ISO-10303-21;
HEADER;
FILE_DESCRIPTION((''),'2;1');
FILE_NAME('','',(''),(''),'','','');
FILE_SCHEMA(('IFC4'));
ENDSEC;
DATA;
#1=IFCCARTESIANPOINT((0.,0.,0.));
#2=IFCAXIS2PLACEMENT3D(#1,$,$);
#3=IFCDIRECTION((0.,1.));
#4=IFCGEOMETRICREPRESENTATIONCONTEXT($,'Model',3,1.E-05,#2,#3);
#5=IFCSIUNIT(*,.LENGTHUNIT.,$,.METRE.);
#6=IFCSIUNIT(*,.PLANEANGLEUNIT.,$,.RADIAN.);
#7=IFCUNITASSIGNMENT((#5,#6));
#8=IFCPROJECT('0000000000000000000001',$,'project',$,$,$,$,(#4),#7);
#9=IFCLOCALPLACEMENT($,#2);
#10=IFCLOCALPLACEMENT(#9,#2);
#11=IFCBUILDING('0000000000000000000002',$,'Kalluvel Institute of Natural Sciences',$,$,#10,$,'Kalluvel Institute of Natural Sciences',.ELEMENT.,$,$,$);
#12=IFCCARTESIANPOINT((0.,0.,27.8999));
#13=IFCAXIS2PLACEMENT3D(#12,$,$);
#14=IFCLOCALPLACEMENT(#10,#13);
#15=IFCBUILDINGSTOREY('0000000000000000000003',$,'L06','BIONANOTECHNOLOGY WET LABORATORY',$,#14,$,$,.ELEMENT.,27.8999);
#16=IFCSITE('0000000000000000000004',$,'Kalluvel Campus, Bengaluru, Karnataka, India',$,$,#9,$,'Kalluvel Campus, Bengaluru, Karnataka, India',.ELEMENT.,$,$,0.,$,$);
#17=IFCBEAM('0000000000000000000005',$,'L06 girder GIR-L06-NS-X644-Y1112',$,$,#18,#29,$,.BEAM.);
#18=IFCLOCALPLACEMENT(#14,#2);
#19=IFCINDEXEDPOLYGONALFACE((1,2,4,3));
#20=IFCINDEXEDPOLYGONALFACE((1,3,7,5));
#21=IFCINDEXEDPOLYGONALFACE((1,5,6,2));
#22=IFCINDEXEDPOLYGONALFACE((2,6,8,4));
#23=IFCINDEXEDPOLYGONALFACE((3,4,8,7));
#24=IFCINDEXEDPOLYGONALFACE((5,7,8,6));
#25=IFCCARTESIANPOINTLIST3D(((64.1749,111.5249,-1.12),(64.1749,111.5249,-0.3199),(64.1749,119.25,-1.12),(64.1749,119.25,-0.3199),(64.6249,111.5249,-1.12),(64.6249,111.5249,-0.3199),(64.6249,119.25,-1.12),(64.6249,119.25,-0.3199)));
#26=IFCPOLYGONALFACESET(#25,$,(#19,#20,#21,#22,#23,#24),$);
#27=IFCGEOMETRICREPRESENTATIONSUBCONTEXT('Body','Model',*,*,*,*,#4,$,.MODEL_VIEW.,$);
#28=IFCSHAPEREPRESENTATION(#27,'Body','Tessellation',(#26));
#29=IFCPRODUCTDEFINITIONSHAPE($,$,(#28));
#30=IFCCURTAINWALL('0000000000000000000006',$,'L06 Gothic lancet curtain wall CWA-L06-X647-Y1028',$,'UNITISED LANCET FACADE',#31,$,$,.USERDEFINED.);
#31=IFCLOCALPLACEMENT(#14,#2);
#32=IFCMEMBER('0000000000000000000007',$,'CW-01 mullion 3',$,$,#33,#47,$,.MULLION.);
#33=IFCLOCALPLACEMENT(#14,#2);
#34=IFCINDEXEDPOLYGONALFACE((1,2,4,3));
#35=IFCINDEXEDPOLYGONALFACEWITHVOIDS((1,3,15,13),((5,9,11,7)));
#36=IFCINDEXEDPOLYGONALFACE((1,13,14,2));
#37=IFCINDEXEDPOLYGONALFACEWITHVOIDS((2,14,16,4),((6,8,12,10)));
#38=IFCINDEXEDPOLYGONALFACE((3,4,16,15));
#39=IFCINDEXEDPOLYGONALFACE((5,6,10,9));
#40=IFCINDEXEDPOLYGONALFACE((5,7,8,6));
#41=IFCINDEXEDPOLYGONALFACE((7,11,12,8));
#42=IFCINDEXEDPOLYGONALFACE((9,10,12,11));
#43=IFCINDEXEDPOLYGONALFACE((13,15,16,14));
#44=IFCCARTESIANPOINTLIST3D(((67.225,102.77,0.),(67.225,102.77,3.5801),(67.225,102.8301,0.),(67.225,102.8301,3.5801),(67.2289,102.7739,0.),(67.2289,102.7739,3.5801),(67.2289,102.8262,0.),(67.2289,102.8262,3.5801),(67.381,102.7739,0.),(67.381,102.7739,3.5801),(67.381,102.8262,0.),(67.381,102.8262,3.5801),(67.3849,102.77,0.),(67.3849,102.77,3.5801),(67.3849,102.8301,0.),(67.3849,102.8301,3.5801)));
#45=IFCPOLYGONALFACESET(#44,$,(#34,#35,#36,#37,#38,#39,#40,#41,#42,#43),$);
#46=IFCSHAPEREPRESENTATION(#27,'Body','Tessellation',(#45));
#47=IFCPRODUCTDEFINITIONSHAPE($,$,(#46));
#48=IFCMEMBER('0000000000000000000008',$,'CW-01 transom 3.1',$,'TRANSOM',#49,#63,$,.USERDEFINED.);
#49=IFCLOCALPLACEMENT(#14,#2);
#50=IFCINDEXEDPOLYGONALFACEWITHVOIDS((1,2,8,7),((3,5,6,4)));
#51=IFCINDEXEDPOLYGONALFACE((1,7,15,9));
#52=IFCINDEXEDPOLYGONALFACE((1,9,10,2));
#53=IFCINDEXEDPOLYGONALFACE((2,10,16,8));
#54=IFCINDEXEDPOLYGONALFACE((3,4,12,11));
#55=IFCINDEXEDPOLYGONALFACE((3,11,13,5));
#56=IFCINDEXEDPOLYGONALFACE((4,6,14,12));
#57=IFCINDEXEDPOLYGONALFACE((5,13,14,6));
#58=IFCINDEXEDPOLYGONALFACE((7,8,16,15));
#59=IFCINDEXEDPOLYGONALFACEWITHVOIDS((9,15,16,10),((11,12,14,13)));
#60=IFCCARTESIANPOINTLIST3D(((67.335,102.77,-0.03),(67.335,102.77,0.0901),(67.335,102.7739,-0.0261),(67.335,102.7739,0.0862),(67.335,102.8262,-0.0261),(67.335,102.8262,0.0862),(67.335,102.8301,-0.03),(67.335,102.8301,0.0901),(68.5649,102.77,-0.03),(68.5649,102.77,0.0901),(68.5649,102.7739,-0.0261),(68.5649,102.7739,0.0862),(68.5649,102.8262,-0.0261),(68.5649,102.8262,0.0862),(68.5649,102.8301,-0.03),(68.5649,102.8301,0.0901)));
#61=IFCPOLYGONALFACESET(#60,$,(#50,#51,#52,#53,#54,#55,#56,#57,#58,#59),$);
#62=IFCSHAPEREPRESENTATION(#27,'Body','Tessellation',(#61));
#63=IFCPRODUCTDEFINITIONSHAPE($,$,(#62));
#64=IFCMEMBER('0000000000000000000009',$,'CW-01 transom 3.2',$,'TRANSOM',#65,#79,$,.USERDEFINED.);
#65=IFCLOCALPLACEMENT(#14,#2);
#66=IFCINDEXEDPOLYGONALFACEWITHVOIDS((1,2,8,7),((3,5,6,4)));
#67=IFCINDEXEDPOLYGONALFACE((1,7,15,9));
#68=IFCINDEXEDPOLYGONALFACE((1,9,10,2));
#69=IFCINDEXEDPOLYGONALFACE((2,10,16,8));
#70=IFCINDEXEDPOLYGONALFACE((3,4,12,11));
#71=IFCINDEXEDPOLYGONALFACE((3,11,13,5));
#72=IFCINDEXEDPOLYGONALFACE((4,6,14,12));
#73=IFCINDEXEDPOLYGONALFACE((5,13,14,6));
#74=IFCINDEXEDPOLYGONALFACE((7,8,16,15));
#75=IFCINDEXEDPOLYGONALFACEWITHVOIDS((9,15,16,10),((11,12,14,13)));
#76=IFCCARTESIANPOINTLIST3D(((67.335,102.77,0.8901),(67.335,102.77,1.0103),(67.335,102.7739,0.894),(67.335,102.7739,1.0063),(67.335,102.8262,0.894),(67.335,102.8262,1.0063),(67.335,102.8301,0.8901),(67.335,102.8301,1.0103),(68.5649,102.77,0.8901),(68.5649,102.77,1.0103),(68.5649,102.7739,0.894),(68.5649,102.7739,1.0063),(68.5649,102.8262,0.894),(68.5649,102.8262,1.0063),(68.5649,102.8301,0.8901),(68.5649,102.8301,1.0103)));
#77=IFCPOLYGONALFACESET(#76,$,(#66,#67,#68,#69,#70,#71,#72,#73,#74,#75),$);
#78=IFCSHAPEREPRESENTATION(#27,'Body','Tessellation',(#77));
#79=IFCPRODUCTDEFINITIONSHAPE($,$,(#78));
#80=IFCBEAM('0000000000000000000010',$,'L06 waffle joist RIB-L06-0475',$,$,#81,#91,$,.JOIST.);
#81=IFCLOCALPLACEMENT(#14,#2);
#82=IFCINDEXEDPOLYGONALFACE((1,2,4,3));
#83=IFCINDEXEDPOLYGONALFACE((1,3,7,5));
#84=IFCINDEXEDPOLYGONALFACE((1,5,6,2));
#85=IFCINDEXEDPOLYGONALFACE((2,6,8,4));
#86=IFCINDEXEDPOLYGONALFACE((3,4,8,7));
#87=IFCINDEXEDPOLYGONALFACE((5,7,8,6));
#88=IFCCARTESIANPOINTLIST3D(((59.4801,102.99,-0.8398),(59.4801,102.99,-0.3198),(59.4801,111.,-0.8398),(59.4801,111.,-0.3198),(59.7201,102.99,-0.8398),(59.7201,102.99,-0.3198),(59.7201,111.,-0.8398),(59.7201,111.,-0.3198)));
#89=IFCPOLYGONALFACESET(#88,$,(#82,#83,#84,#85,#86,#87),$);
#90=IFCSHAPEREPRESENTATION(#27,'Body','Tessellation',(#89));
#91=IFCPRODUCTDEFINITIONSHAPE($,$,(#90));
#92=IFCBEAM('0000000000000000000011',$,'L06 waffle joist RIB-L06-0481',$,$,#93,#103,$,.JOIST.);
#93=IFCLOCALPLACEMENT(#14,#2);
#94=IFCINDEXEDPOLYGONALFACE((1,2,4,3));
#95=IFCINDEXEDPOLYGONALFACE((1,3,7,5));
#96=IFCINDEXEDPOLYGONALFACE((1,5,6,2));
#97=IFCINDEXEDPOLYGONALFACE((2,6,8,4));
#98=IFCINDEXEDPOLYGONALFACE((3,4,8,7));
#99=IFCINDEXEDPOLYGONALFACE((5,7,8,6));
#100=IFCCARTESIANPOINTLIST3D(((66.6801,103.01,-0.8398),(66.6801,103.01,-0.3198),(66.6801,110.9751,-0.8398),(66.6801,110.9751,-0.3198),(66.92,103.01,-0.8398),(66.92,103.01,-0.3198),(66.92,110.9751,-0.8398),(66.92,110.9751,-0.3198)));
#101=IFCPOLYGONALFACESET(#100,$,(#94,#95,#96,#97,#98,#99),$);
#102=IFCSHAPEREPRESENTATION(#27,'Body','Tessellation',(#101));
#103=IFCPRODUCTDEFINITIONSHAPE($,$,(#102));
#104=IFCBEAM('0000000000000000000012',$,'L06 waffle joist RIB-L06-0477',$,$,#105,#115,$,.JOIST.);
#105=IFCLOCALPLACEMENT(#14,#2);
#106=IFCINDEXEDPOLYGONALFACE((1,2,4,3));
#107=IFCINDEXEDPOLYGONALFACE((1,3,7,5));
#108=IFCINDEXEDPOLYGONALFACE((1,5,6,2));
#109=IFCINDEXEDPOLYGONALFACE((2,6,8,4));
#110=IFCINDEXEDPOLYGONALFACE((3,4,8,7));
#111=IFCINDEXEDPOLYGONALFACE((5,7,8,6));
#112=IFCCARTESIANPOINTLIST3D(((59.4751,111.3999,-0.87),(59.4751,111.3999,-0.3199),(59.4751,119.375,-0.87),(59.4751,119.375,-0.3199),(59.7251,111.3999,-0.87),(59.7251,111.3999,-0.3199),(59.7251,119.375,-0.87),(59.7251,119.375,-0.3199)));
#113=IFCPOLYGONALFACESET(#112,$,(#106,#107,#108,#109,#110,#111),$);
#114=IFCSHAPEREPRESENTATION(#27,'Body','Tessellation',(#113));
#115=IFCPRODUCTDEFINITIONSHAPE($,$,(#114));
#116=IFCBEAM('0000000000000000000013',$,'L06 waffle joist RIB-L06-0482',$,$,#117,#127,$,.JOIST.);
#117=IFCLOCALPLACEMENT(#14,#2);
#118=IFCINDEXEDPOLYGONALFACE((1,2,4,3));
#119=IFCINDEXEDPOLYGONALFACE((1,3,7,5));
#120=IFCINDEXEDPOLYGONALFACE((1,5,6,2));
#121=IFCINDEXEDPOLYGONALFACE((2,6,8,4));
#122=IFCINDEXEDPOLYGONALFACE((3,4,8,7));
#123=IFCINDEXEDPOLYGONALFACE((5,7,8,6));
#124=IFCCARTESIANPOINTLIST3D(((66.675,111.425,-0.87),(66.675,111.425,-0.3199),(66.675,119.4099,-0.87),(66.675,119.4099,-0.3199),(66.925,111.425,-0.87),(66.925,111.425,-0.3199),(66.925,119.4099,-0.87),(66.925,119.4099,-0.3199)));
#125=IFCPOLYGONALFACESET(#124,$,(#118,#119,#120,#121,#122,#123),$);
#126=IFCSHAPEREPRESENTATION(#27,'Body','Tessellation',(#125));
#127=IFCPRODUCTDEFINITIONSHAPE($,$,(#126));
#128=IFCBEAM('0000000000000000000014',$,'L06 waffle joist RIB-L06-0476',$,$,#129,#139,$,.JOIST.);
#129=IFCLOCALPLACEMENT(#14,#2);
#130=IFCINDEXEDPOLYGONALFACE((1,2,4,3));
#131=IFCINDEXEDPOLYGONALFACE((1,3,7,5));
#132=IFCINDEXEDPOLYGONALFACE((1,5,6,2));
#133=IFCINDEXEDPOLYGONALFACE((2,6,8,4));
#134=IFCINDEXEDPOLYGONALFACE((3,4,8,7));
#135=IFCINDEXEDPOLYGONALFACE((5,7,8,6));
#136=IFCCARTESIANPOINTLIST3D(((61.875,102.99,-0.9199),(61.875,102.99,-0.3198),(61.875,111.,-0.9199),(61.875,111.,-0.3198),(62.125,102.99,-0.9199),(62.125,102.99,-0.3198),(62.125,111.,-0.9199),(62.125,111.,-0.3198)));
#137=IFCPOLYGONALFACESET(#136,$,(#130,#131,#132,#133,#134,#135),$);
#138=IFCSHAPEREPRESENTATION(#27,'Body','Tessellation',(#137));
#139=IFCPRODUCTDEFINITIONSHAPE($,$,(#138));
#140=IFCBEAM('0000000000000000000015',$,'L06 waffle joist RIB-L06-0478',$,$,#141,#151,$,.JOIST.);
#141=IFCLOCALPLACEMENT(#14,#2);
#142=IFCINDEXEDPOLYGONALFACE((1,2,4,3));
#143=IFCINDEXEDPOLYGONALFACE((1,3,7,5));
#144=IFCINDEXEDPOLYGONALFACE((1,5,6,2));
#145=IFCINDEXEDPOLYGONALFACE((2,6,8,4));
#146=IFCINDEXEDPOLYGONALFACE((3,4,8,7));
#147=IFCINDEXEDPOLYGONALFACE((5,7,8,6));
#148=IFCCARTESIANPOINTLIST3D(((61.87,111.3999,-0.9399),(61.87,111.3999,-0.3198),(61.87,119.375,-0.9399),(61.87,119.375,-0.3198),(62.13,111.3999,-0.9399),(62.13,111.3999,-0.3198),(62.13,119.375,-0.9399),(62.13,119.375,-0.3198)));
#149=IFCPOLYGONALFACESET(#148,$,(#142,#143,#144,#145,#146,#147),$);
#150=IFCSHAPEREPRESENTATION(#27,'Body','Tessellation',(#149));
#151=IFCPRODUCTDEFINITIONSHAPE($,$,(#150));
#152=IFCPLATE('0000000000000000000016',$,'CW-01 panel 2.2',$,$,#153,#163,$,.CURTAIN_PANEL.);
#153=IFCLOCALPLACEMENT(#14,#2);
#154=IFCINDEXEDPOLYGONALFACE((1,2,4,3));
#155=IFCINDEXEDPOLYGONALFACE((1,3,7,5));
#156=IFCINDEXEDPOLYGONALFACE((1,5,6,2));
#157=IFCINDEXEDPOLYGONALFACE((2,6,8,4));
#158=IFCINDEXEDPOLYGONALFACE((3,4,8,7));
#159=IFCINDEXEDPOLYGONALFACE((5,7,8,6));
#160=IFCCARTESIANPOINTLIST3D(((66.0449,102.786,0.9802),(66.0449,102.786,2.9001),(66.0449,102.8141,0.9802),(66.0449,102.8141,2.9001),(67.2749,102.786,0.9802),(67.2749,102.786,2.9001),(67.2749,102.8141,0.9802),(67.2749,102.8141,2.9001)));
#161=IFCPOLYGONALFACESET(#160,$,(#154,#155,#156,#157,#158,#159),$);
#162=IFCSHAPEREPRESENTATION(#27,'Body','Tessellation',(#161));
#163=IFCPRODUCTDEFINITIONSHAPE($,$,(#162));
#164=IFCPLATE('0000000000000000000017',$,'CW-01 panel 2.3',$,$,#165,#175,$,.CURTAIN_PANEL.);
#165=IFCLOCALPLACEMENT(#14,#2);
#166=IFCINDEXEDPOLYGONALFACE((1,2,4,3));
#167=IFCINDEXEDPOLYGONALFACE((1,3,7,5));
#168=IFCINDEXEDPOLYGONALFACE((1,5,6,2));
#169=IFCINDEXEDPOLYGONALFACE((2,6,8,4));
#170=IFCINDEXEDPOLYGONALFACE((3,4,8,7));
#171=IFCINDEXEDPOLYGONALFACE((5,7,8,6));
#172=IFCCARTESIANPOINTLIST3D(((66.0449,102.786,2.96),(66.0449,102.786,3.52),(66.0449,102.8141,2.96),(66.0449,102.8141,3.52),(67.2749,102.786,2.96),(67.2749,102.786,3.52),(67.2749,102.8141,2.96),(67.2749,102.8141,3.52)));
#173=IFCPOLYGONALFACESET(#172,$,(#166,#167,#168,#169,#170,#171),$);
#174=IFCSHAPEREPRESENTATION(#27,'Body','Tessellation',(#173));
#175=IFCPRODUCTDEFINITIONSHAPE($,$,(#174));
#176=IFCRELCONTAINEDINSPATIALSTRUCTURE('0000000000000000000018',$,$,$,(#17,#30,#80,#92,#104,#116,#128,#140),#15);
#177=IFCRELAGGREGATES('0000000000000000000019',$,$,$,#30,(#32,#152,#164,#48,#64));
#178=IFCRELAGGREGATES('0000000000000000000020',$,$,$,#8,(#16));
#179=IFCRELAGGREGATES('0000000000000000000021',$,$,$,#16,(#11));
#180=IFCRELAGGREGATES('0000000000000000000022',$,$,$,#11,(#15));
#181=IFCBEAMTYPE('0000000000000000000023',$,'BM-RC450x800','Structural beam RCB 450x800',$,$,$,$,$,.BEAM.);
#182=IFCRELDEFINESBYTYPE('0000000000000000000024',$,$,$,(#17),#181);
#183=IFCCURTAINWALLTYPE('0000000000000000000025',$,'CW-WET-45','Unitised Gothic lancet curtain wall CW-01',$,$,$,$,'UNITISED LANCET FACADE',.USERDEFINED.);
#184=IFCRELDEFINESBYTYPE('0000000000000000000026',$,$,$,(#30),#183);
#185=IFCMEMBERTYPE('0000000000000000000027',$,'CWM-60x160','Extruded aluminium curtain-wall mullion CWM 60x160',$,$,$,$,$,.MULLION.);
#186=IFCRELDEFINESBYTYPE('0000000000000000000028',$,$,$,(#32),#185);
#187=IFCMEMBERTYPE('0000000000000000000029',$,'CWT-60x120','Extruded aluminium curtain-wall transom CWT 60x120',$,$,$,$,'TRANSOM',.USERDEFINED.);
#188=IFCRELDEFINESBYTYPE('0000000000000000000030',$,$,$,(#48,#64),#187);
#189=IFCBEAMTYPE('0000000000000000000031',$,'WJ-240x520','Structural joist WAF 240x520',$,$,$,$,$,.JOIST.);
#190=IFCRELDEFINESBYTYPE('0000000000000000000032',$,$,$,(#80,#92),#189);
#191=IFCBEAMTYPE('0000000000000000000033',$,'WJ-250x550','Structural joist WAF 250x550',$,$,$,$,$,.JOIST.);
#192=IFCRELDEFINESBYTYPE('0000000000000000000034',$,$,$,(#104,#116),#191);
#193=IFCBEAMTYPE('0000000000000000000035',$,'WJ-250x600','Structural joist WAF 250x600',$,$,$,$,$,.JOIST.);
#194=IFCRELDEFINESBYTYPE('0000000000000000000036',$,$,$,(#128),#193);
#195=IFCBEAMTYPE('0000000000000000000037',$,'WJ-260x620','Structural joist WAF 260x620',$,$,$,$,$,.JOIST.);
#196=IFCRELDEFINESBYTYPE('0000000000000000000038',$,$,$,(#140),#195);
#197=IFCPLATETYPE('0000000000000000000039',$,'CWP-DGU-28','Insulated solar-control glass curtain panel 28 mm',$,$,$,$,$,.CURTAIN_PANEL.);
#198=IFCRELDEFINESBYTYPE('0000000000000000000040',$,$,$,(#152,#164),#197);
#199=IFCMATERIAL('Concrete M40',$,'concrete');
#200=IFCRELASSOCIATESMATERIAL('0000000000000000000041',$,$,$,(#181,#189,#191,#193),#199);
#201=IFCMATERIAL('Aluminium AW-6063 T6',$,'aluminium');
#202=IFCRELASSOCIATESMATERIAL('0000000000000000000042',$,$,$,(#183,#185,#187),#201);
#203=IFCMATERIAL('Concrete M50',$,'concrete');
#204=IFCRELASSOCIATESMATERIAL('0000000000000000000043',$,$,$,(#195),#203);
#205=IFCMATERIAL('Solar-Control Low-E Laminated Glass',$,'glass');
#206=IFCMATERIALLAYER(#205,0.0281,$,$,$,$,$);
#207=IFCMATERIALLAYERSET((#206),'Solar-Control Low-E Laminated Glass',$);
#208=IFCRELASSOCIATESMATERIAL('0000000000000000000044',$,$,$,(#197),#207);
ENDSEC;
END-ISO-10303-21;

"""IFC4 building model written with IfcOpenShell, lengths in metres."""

from ifc_helpers import new_model, si_unit, direction, frame, origin, origin_2d, place, context, subcontext, project, spatial, rectangle, hollow_rectangle, extrude, material, layer, layer_set, material_profile, profile_set, type_object, element, aggregate, save


model = new_model("IFC4")

# Units and contexts
model_context = context("Model", 3, precision=1e-05, world=origin(), true_north=direction((0.0, 1.0)))
body_context = subcontext(model_context, "Body", "Model", "MODEL_VIEW")
ifc_project = project(units=[si_unit("LENGTHUNIT", "METRE"), si_unit("PLANEANGLEUNIT", "RADIAN")], contexts=[model_context])

# Site, building, storey
site_placement = place(None, origin())
site = spatial("IfcSite", under=ifc_project, at=site_placement, Name="Kalluvel Campus, Bengaluru, Karnataka, India", LongName="Kalluvel Campus, Bengaluru, Karnataka, India", CompositionType="ELEMENT", RefElevation=0.0)
building_placement = place(site_placement, origin())
building = spatial("IfcBuilding", under=site, at=building_placement, Name="Kalluvel Institute of Natural Sciences", LongName="Kalluvel Institute of Natural Sciences", CompositionType="ELEMENT")
storey_placement = place(building_placement, frame((0.0, 0.0, 27.8999)))
storey = spatial("IfcBuildingStorey", under=building, at=storey_placement, Name="L06", Description="BIONANOTECHNOLOGY WET LABORATORY", CompositionType="ELEMENT", Elevation=27.8999)

# Shared definitions
ifc_material_1 = material(Name="Concrete M40", Category="concrete")

# Beam
ifc_material_profile_1 = material_profile(ifc_material_1, rectangle(XDim=0.45, YDim=0.8, at=origin_2d()), Name="RCB 450x800")
ifc_profile_set_1 = profile_set([ifc_material_profile_1], Name="Concrete M40")
beam_type_1 = type_object("IfcBeamType", Name="BM-RC450x800", Description="Structural beam RCB 450x800", PredefinedType="BEAM", material=ifc_profile_set_1)
beam_1_placement = place(storey_placement, frame((64.3999, 111.5249, -0.72), z_axis=(0.0, 1.0, 0.0), x_axis=(-1.0, 0.0, 0.0)))
element("IfcBeam", 1, at=beam_1_placement, inside=storey, type_object=beam_type_1, Name="L06 girder GIR-L06-NS-X644-Y1112", PredefinedType="BEAM", context=body_context, shape_type="SweptSolid", body=[
    extrude(rectangle(XDim=0.45, YDim=0.8, at=origin_2d()), origin(), (0.0, 0.0, 1.0), 7.7251),
])

# Curtain wall, members
ifc_material_2 = material(Name="Aluminium AW-6063 T6", Category="aluminium")
curtain_wall_type = type_object("IfcCurtainWallType", Name="CW-WET-45", Description="Unitised Gothic lancet curtain wall CW-01", ElementType="UNITISED LANCET FACADE", PredefinedType="USERDEFINED", material=ifc_material_2)
curtain_wall_placement = place(storey_placement, origin())
curtain_wall = element("IfcCurtainWall", 2, at=curtain_wall_placement, inside=storey, type_object=curtain_wall_type, Name="L06 Gothic lancet curtain wall CWA-L06-X647-Y1028", ObjectType="UNITISED LANCET FACADE", PredefinedType="USERDEFINED")
ifc_material_profile_2 = material_profile(ifc_material_2, hollow_rectangle(XDim=0.0601, YDim=0.1599, WallThickness=0.0039, at=origin_2d()), Name="CWM 60x160")
ifc_profile_set_2 = profile_set([ifc_material_profile_2], Name="Aluminium AW-6063 T6")
member_type_1 = type_object("IfcMemberType", Name="CWM-60x160", Description="Extruded aluminium curtain-wall mullion CWM 60x160", PredefinedType="MULLION", material=ifc_profile_set_2)
member_1_placement = place(storey_placement, frame((67.3049, 102.8, 0.0), z_axis=(0.0, 0.0, 1.0), x_axis=(0.0, 1.0, 0.0)))
member_1 = element("IfcMember", 3, at=member_1_placement, type_object=member_type_1, Name="CW-01 mullion 3", PredefinedType="MULLION", context=body_context, shape_type="SweptSolid", body=[
    extrude(hollow_rectangle(XDim=0.0601, YDim=0.1599, WallThickness=0.0039, at=origin_2d()), origin(), (0.0, 0.0, 1.0), 3.5801),
])
ifc_material_profile_3 = material_profile(ifc_material_2, hollow_rectangle(XDim=0.0601, YDim=0.1201, WallThickness=0.0039, at=origin_2d()), Name="CWT 60x120")
ifc_profile_set_3 = profile_set([ifc_material_profile_3], Name="Aluminium AW-6063 T6")
member_type_2 = type_object("IfcMemberType", Name="CWT-60x120", Description="Extruded aluminium curtain-wall transom CWT 60x120", ElementType="TRANSOM", PredefinedType="USERDEFINED", material=ifc_profile_set_3)
member_2_placement = place(storey_placement, frame((67.335, 102.8, 0.03), z_axis=(1.0, 0.0, 0.0), x_axis=(0.0, 1.0, 0.0)))
member_2 = element("IfcMember", 4, at=member_2_placement, type_object=member_type_2, Name="CW-01 transom 3.1", ObjectType="TRANSOM", PredefinedType="USERDEFINED", context=body_context, shape_type="SweptSolid", body=[
    extrude(hollow_rectangle(XDim=0.0601, YDim=0.1201, WallThickness=0.0039, at=origin_2d()), origin(), (0.0, 0.0, 1.0), 1.23),
])
member_3_placement = place(storey_placement, frame((67.335, 102.8, 0.9502), z_axis=(1.0, 0.0, 0.0), x_axis=(0.0, 1.0, 0.0)))
member_3 = element("IfcMember", 5, at=member_3_placement, type_object=member_type_2, Name="CW-01 transom 3.2", ObjectType="TRANSOM", PredefinedType="USERDEFINED", context=body_context, shape_type="SweptSolid", body=[
    extrude(hollow_rectangle(XDim=0.0601, YDim=0.1201, WallThickness=0.0039, at=origin_2d()), origin(), (0.0, 0.0, 1.0), 1.23),
])

# Beams
ifc_material_profile_4 = material_profile(ifc_material_1, rectangle(XDim=0.24, YDim=0.52, at=origin_2d()), Name="WAF 240x520")
ifc_profile_set_4 = profile_set([ifc_material_profile_4], Name="Concrete M40")
beam_type_2 = type_object("IfcBeamType", Name="WJ-240x520", Description="Structural joist WAF 240x520", PredefinedType="JOIST", material=ifc_profile_set_4)
beam_2_placement = place(storey_placement, frame((59.6001, 102.99, -0.5798), z_axis=(0.0, 1.0, 0.0), x_axis=(-1.0, 0.0, 0.0)))
element("IfcBeam", 6, at=beam_2_placement, inside=storey, type_object=beam_type_2, Name="L06 waffle joist RIB-L06-0475", PredefinedType="JOIST", context=body_context, shape_type="SweptSolid", body=[
    extrude(rectangle(XDim=0.24, YDim=0.52, at=origin_2d()), origin(), (0.0, 0.0, 1.0), 8.01),
])
beam_3_placement = place(storey_placement, frame((66.8, 103.01, -0.5798), z_axis=(0.0, 1.0, 0.0), x_axis=(-1.0, 0.0, 0.0)))
element("IfcBeam", 7, at=beam_3_placement, inside=storey, type_object=beam_type_2, Name="L06 waffle joist RIB-L06-0481", PredefinedType="JOIST", context=body_context, shape_type="SweptSolid", body=[
    extrude(rectangle(XDim=0.24, YDim=0.52, at=origin_2d()), origin(), (0.0, 0.0, 1.0), 7.9651),
])
ifc_material_profile_5 = material_profile(ifc_material_1, rectangle(XDim=0.25, YDim=0.55, at=origin_2d()), Name="WAF 250x550")
ifc_profile_set_5 = profile_set([ifc_material_profile_5], Name="Concrete M40")
beam_type_3 = type_object("IfcBeamType", Name="WJ-250x550", Description="Structural joist WAF 250x550", PredefinedType="JOIST", material=ifc_profile_set_5)
beam_4_placement = place(storey_placement, frame((59.6001, 111.3999, -0.595), z_axis=(0.0, 1.0, 0.0), x_axis=(-1.0, 0.0, 0.0)))
element("IfcBeam", 8, at=beam_4_placement, inside=storey, type_object=beam_type_3, Name="L06 waffle joist RIB-L06-0477", PredefinedType="JOIST", context=body_context, shape_type="SweptSolid", body=[
    extrude(rectangle(XDim=0.25, YDim=0.55, at=origin_2d()), origin(), (0.0, 0.0, 1.0), 7.9751),
])
beam_5_placement = place(storey_placement, frame((66.8, 111.425, -0.595), z_axis=(0.0, 1.0, 0.0), x_axis=(-1.0, 0.0, 0.0)))
element("IfcBeam", 9, at=beam_5_placement, inside=storey, type_object=beam_type_3, Name="L06 waffle joist RIB-L06-0482", PredefinedType="JOIST", context=body_context, shape_type="SweptSolid", body=[
    extrude(rectangle(XDim=0.25, YDim=0.55, at=origin_2d()), origin(), (0.0, 0.0, 1.0), 7.9849),
])
ifc_material_profile_6 = material_profile(ifc_material_1, rectangle(XDim=0.25, YDim=0.6001, at=origin_2d()), Name="WAF 250x600")
ifc_profile_set_6 = profile_set([ifc_material_profile_6], Name="Concrete M40")
beam_type_4 = type_object("IfcBeamType", Name="WJ-250x600", Description="Structural joist WAF 250x600", PredefinedType="JOIST", material=ifc_profile_set_6)
beam_6_placement = place(storey_placement, frame((62.0, 102.99, -0.6199), z_axis=(0.0, 1.0, 0.0), x_axis=(-1.0, 0.0, 0.0)))
element("IfcBeam", 10, at=beam_6_placement, inside=storey, type_object=beam_type_4, Name="L06 waffle joist RIB-L06-0476", PredefinedType="JOIST", context=body_context, shape_type="SweptSolid", body=[
    extrude(rectangle(XDim=0.25, YDim=0.6001, at=origin_2d()), origin(), (0.0, 0.0, 1.0), 8.01),
])
ifc_material_3 = material(Name="Concrete M50", Category="concrete")
ifc_material_profile_7 = material_profile(ifc_material_3, rectangle(XDim=0.26, YDim=0.6201, at=origin_2d()), Name="WAF 260x620")
ifc_profile_set_7 = profile_set([ifc_material_profile_7], Name="Concrete M50")
beam_type_5 = type_object("IfcBeamType", Name="WJ-260x620", Description="Structural joist WAF 260x620", PredefinedType="JOIST", material=ifc_profile_set_7)
beam_7_placement = place(storey_placement, frame((62.0, 111.3999, -0.6299), z_axis=(0.0, 1.0, 0.0), x_axis=(-1.0, 0.0, 0.0)))
element("IfcBeam", 11, at=beam_7_placement, inside=storey, type_object=beam_type_5, Name="L06 waffle joist RIB-L06-0478", PredefinedType="JOIST", context=body_context, shape_type="SweptSolid", body=[
    extrude(rectangle(XDim=0.26, YDim=0.6201, at=origin_2d()), origin(), (0.0, 0.0, 1.0), 7.9751),
])

# Plates
ifc_material_4 = material(Name="Solar-Control Low-E Laminated Glass", Category="glass")
ifc_layer_1 = layer(ifc_material_4, 0.0281)
ifc_layer_set_1 = layer_set([ifc_layer_1], Name="Solar-Control Low-E Laminated Glass")
plate_type = type_object("IfcPlateType", Name="CWP-DGU-28", Description="Insulated solar-control glass curtain panel 28 mm", PredefinedType="CURTAIN_PANEL", material=ifc_layer_set_1)
plate_1_placement = place(storey_placement, frame((66.6599, 102.8, 0.9802), z_axis=(0.0, 0.0, 1.0), x_axis=(1.0, 0.0, 0.0)))
plate_1 = element("IfcPlate", 12, at=plate_1_placement, type_object=plate_type, Name="CW-01 panel 2.2", PredefinedType="CURTAIN_PANEL", context=body_context, shape_type="SweptSolid", body=[
    extrude(rectangle(XDim=1.23, YDim=0.0281, at=origin_2d()), origin(), (0.0, 0.0, 1.0), 1.9199),
])
plate_2_placement = place(storey_placement, frame((66.6599, 102.8, 2.96), z_axis=(0.0, 0.0, 1.0), x_axis=(1.0, 0.0, 0.0)))
plate_2 = element("IfcPlate", 13, at=plate_2_placement, type_object=plate_type, Name="CW-01 panel 2.3", PredefinedType="CURTAIN_PANEL", context=body_context, shape_type="SweptSolid", body=[
    extrude(rectangle(XDim=1.23, YDim=0.0281, at=origin_2d()), origin(), (0.0, 0.0, 1.0), 0.5601),
])
aggregate(curtain_wall, [member_1, plate_1, plate_2, member_2, member_3])

save(model, "model.ifc")
